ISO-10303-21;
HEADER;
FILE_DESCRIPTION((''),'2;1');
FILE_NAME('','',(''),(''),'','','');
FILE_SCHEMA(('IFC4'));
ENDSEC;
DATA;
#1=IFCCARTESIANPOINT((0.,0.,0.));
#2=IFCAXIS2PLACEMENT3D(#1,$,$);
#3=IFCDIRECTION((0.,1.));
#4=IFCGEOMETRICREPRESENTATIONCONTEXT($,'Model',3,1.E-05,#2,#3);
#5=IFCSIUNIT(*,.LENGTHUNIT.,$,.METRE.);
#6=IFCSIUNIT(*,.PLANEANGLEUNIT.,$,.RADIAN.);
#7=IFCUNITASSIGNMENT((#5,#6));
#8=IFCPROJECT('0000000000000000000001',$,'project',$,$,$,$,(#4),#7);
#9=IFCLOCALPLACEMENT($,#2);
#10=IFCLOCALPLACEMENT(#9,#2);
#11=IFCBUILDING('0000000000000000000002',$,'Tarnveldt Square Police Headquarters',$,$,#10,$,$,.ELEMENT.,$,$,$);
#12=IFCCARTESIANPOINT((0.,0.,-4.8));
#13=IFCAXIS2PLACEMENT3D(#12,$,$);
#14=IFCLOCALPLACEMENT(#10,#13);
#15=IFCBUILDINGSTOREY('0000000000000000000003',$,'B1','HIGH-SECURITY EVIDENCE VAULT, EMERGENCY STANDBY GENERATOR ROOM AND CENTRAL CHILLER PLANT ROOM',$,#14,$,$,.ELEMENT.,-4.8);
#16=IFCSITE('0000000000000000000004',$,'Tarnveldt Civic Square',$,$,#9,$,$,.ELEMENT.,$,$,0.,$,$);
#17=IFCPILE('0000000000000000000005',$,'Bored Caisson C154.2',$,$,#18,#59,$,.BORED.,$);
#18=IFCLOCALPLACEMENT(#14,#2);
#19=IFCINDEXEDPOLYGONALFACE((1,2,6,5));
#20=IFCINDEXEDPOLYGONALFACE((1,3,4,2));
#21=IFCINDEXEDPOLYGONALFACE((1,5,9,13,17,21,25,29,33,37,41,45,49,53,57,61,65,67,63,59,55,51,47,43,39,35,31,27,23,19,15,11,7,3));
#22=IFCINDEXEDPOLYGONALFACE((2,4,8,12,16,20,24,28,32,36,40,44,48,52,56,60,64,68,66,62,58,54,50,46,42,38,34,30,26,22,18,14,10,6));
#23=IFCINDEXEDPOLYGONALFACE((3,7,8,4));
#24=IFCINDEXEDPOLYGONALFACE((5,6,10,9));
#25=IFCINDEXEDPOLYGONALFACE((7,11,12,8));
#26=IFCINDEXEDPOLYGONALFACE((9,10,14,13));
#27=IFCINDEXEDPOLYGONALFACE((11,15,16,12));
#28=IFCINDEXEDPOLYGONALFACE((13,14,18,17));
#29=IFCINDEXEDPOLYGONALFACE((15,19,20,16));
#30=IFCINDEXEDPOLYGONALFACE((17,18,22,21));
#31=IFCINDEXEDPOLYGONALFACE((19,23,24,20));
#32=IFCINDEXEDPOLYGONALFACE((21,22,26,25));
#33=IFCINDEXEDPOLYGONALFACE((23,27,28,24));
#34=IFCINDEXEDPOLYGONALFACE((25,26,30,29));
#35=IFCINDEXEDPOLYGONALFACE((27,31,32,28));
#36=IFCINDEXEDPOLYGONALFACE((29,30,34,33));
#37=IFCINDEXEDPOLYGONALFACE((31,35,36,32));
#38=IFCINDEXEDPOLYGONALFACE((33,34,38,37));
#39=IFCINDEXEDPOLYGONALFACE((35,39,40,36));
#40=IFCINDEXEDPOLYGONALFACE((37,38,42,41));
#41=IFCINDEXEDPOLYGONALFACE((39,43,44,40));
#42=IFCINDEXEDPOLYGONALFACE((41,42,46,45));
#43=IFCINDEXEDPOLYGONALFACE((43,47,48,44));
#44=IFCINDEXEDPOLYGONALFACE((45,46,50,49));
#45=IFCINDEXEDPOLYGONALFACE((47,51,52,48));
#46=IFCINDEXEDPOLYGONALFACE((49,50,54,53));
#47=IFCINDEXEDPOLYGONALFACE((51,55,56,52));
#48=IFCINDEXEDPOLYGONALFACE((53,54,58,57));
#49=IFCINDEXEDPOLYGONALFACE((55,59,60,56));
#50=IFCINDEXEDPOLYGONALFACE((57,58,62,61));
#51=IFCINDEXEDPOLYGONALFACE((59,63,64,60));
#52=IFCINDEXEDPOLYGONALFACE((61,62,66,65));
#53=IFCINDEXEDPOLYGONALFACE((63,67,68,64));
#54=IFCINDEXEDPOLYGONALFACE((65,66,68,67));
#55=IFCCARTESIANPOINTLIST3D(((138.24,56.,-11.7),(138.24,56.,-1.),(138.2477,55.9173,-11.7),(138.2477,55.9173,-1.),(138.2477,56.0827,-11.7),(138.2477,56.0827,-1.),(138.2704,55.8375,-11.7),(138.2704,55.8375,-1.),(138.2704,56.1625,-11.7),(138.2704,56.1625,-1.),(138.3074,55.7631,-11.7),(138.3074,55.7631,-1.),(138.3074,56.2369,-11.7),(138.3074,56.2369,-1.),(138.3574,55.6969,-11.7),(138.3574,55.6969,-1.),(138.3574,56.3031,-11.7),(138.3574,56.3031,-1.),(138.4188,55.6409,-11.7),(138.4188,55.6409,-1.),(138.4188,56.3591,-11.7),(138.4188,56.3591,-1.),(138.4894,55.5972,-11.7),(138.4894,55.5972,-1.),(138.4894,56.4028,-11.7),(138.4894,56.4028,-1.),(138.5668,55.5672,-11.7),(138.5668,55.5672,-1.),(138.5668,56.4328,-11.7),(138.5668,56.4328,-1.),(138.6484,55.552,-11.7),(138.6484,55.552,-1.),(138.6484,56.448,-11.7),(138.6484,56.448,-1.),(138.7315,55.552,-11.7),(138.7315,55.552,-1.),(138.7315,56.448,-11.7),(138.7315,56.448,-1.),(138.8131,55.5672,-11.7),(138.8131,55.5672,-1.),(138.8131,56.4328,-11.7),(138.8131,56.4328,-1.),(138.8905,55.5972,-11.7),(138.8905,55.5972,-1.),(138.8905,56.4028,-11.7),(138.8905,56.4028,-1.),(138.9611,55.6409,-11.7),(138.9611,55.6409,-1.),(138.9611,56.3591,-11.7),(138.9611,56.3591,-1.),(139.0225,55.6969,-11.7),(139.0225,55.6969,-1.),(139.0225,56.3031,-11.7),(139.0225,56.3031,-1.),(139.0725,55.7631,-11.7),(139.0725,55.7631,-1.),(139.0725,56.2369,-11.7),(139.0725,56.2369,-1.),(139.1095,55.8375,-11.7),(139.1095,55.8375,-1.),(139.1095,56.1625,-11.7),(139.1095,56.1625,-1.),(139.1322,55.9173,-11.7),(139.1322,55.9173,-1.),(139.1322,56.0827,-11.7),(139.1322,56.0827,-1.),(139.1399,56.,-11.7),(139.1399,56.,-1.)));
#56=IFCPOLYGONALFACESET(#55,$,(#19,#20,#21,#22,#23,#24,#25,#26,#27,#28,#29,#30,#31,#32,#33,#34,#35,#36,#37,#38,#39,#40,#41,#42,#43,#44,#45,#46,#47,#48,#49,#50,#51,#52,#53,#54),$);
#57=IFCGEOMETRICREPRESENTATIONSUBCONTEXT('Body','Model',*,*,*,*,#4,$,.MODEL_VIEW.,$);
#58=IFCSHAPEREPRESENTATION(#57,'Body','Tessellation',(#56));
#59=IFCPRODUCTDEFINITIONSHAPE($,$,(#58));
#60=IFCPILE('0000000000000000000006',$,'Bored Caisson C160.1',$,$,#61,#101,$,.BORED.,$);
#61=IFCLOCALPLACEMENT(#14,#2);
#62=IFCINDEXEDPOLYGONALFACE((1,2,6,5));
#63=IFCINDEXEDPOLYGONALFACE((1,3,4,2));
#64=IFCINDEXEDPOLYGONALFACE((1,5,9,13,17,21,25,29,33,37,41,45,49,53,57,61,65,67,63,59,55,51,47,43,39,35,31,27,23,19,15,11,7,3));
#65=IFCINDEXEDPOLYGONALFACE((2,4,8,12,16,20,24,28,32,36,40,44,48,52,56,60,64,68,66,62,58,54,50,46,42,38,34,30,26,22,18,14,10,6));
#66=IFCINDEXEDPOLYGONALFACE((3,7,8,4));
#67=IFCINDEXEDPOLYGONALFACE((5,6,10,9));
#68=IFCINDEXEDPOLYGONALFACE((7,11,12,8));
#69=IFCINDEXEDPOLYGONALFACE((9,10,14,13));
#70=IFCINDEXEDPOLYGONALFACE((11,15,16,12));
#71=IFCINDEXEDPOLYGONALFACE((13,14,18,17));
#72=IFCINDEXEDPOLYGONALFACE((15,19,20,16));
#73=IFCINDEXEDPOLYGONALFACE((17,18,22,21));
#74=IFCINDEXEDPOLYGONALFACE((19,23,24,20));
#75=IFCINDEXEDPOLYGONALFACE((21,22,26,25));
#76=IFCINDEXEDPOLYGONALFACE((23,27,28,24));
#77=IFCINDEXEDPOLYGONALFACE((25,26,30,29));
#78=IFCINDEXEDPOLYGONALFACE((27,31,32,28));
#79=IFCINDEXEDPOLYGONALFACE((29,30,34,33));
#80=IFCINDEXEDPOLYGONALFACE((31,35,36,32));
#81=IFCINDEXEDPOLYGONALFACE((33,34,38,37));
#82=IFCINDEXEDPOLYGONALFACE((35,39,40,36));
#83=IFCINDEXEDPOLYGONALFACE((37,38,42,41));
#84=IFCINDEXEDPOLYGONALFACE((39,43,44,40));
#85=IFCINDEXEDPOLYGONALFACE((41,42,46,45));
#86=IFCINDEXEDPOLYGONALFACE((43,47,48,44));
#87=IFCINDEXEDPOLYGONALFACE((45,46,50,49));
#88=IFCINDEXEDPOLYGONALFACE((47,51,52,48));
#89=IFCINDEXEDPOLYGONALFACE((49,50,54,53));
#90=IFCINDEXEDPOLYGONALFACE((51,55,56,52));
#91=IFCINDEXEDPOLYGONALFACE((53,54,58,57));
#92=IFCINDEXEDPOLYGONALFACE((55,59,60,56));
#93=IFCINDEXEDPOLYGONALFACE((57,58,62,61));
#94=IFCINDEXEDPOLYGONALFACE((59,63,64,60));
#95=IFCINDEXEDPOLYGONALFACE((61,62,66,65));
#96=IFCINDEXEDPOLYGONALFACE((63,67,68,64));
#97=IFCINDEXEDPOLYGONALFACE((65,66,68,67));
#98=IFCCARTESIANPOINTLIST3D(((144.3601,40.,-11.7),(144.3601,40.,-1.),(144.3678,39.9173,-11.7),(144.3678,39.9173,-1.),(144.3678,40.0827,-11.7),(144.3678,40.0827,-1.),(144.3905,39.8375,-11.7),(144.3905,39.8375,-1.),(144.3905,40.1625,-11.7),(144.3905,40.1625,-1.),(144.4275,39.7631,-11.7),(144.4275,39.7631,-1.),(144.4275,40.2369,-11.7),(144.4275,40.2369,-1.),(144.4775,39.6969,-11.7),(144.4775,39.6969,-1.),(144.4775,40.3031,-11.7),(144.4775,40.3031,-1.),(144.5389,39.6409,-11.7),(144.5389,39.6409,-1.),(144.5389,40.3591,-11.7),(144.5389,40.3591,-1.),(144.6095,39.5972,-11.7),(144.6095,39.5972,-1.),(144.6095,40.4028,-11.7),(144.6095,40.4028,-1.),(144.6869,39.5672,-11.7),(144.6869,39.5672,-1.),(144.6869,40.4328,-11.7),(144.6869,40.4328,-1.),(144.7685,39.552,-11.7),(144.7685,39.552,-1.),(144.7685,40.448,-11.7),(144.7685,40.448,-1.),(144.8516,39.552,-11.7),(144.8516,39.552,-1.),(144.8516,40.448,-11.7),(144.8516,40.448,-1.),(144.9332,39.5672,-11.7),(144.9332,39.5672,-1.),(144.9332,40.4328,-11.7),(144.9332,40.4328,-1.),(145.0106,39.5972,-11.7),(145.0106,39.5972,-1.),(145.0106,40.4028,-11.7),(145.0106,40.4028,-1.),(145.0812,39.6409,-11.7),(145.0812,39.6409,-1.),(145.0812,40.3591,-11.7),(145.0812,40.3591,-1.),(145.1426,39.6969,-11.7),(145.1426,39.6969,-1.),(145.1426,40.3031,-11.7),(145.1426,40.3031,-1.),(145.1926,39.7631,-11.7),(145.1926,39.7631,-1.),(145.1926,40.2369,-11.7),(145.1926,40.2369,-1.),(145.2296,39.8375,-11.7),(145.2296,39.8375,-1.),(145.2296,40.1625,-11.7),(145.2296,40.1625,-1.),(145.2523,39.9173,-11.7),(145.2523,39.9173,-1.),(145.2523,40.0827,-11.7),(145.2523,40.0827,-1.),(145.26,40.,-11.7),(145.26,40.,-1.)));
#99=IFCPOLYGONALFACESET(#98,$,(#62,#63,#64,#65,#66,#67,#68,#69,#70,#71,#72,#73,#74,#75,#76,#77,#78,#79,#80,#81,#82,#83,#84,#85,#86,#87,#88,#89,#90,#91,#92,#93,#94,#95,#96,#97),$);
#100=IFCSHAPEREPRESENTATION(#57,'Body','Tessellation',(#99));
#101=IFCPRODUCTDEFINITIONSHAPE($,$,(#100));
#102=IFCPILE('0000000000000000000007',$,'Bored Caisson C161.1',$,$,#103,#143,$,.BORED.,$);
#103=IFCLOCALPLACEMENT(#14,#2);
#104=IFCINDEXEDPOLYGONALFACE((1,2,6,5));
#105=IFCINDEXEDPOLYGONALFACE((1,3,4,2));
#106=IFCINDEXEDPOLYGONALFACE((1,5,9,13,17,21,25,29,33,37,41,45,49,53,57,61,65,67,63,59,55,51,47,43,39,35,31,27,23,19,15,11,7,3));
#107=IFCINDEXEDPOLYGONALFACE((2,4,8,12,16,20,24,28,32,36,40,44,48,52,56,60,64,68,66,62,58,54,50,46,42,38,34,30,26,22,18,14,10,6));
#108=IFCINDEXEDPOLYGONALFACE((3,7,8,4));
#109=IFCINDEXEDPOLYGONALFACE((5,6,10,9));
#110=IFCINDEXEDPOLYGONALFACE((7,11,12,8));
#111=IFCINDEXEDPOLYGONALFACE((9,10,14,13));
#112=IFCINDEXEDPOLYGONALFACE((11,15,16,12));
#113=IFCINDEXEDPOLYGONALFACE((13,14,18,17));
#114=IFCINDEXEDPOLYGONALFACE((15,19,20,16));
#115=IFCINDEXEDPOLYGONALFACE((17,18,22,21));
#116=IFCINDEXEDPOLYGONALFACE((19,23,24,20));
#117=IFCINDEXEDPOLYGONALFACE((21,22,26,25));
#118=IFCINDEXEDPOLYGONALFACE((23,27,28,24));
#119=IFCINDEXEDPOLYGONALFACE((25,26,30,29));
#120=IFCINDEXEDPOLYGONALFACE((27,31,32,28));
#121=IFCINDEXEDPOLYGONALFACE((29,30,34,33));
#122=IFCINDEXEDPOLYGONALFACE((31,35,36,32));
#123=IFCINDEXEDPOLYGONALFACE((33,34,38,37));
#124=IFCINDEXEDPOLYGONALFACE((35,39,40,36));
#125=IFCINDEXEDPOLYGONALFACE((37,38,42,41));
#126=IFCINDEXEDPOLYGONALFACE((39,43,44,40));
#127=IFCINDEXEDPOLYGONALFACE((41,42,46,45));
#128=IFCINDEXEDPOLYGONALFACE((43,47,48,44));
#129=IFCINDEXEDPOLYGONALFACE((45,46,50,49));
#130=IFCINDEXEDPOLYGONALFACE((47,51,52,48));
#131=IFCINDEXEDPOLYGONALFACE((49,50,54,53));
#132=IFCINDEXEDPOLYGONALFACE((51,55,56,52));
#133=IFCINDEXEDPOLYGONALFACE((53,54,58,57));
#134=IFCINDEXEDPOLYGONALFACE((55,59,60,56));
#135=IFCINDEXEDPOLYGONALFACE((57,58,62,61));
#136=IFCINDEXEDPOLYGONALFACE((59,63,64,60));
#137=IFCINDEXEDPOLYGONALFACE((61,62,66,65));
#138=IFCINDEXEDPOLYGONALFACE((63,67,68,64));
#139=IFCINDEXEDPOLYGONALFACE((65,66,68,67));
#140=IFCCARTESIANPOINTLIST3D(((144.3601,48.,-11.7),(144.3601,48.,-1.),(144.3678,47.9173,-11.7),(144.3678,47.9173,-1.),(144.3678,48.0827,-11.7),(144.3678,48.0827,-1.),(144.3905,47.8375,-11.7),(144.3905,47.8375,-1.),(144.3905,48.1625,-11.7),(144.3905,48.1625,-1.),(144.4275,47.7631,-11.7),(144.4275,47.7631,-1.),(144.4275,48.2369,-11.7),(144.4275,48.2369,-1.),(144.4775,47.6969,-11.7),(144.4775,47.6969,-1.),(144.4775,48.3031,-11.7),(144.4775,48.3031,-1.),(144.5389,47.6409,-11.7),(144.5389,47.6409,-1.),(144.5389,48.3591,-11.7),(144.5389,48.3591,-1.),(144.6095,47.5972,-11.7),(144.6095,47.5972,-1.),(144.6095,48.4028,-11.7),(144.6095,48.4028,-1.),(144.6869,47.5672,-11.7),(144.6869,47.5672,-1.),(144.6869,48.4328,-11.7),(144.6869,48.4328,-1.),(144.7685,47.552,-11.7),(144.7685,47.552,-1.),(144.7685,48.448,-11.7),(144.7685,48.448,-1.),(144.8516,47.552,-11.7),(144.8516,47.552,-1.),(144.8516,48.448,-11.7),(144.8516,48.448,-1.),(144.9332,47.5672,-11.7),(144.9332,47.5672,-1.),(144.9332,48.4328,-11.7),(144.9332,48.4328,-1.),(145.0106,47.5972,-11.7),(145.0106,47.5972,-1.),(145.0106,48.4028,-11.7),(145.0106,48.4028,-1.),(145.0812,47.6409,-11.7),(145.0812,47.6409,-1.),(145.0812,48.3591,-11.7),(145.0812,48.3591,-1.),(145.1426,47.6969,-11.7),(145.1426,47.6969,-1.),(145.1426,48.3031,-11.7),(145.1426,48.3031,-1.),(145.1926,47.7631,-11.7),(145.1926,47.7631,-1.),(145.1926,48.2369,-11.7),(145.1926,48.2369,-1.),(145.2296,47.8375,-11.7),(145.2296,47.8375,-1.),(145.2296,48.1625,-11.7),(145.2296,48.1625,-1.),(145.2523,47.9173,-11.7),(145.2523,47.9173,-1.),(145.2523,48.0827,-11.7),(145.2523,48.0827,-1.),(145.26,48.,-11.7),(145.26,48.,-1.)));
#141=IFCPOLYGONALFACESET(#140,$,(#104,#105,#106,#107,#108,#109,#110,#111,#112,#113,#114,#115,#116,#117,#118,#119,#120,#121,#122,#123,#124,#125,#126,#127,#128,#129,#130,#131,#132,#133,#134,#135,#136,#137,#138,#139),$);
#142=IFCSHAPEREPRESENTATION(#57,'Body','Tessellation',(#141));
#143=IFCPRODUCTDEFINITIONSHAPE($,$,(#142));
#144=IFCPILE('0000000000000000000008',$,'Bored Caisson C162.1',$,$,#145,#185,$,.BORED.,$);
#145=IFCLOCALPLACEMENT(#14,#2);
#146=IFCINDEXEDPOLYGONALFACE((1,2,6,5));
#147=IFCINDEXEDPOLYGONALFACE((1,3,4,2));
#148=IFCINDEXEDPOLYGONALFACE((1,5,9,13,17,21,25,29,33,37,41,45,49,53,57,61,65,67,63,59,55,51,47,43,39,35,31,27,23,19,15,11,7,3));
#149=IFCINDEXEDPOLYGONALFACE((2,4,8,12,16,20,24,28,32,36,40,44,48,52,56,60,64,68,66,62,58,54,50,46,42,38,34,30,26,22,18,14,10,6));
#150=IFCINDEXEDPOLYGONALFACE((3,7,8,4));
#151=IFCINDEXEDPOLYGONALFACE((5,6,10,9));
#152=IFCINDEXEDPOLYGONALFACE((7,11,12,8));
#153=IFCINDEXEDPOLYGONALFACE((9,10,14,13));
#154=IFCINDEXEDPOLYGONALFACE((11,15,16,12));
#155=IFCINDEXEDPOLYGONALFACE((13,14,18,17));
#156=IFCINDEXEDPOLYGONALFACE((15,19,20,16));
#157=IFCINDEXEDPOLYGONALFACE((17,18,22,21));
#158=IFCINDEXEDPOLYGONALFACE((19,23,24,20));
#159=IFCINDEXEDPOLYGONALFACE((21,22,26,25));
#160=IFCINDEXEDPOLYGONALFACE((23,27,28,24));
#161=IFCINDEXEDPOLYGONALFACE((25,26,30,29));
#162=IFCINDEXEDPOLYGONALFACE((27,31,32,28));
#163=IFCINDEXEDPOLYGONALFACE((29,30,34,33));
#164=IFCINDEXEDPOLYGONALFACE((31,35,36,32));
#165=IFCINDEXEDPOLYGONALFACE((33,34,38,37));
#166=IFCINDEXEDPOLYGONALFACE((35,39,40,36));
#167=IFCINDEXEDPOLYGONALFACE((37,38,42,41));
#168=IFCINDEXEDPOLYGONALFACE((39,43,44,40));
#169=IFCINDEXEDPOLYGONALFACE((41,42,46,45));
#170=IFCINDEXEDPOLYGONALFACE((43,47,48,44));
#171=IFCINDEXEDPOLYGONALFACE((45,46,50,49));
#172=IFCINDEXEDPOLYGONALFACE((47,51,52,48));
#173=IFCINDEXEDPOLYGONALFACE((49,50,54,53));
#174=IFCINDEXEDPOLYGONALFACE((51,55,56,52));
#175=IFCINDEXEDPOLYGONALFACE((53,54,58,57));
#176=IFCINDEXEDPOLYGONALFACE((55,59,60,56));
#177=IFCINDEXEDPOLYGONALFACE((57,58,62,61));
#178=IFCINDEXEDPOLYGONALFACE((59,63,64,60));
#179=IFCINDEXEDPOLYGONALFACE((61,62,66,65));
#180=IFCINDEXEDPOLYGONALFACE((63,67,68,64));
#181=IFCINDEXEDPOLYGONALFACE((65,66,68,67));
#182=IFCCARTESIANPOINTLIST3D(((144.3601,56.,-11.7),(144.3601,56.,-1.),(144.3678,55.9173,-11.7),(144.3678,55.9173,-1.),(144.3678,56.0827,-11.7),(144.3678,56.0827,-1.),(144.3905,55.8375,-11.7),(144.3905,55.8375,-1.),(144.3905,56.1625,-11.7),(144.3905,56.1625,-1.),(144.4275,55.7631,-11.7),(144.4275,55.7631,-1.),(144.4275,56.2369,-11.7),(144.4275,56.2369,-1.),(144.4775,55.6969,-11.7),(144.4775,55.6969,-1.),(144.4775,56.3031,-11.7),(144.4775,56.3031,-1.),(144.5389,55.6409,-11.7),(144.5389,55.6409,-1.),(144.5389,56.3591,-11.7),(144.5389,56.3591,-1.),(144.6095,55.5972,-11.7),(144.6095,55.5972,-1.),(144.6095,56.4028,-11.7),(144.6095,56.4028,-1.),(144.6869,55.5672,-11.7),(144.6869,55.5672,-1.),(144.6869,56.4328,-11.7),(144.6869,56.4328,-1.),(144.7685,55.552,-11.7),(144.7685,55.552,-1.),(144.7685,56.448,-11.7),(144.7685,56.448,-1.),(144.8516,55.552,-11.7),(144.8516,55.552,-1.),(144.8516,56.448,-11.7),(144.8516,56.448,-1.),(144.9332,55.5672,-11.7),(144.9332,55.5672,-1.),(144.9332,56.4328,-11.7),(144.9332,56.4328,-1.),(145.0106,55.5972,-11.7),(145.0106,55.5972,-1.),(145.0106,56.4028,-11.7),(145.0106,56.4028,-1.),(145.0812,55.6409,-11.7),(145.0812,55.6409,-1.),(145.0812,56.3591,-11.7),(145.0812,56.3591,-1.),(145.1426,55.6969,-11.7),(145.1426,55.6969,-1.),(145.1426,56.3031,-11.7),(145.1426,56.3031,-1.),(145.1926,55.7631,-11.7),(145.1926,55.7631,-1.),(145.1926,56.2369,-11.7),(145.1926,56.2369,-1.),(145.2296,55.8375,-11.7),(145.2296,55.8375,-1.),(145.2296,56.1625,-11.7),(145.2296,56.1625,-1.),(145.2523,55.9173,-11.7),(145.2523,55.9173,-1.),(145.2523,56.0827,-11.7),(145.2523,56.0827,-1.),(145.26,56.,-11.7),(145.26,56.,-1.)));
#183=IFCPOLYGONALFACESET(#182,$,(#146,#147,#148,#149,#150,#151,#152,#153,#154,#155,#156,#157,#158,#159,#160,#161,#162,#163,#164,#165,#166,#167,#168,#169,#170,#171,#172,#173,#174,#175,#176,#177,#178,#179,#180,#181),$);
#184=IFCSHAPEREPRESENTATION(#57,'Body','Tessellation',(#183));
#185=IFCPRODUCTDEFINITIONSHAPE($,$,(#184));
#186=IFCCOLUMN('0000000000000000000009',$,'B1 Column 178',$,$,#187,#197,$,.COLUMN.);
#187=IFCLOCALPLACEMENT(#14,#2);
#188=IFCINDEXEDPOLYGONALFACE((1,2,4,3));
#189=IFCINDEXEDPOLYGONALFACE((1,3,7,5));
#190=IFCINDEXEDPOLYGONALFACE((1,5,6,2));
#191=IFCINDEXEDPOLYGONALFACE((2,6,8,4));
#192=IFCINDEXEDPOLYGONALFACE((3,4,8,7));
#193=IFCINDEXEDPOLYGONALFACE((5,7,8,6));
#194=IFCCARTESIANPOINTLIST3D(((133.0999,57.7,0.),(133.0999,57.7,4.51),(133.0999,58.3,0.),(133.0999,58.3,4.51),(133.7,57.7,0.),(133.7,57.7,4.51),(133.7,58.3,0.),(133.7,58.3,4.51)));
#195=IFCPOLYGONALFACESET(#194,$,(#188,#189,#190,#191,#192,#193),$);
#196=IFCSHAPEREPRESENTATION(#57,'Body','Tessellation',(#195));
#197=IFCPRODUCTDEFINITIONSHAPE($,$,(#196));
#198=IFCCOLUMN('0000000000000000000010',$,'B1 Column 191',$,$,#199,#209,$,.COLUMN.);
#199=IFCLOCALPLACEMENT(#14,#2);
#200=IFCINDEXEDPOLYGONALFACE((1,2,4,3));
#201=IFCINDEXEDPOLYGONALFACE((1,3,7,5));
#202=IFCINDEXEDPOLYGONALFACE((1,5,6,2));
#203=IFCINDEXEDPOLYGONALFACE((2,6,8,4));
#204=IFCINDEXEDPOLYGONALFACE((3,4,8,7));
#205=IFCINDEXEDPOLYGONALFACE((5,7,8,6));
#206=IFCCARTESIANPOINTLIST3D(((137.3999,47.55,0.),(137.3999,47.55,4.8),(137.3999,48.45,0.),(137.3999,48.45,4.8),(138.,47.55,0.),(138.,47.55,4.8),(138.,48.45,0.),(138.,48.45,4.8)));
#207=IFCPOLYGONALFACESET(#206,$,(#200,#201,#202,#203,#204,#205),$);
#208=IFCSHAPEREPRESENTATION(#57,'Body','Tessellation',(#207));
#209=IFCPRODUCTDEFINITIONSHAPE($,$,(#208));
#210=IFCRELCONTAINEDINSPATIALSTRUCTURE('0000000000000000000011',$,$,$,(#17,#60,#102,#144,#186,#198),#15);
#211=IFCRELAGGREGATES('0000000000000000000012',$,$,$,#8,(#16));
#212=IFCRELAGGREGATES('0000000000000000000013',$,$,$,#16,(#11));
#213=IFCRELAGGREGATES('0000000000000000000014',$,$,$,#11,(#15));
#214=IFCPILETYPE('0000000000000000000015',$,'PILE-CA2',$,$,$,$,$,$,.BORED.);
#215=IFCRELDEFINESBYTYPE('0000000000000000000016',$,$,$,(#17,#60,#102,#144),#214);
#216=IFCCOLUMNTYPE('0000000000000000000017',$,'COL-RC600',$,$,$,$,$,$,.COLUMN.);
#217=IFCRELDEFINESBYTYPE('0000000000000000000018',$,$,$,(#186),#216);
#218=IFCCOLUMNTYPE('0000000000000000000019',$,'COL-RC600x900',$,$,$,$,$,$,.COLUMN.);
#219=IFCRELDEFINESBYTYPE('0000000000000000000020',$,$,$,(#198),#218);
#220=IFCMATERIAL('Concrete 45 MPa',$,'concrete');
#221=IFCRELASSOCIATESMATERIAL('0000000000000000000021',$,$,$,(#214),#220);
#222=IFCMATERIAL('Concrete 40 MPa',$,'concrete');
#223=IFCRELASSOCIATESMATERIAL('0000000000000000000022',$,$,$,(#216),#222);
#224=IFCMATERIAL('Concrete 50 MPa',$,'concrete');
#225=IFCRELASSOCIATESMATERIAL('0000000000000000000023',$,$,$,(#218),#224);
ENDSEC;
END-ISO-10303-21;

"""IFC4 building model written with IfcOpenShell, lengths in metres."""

from ifc_helpers import new_model, si_unit, direction, frame, origin, origin_2d, place, context, subcontext, project, spatial, rectangle, circle, extrude, material, material_profile, profile_set, type_object, element, save


model = new_model("IFC4")

# Units and contexts
model_context = context("Model", 3, precision=1e-05, world=origin(), true_north=direction((0.0, 1.0)))
body_context = subcontext(model_context, "Body", "Model", "MODEL_VIEW")
ifc_project = project(units=[si_unit("LENGTHUNIT", "METRE"), si_unit("PLANEANGLEUNIT", "RADIAN")], contexts=[model_context])

# Site, building, storey
site_placement = place(None, origin())
site = spatial("IfcSite", under=ifc_project, at=site_placement, Name="Tarnveldt Civic Square", CompositionType="ELEMENT", RefElevation=0.0)
building_placement = place(site_placement, origin())
building = spatial("IfcBuilding", under=site, at=building_placement, Name="Tarnveldt Square Police Headquarters", CompositionType="ELEMENT")
storey_placement = place(building_placement, frame((0.0, 0.0, -4.8)))
storey = spatial("IfcBuildingStorey", under=building, at=storey_placement, Name="B1", Description="HIGH-SECURITY EVIDENCE VAULT, EMERGENCY STANDBY GENERATOR ROOM AND CENTRAL CHILLER PLANT ROOM", CompositionType="ELEMENT", Elevation=-4.8)

# Shared definitions
ifc_material_1 = material(Name="Concrete 45 MPa", Category="concrete")

# Piles
ifc_material_profile_1 = material_profile(ifc_material_1, circle(Radius=0.45, at=origin_2d()), Name="CAISSON-D900")
ifc_profile_set_1 = profile_set([ifc_material_profile_1], Name="Concrete 45 MPa")
pile_type = type_object("IfcPileType", Name="PILE-CA2", PredefinedType="BORED", material=ifc_profile_set_1)
for number, where, z_axis, x_axis, name in (
    (1, (138.6899, 56.0, -1.0), (0.0, 0.0, -1.0), (1.0, 0.0, 0.0), "Bored Caisson C154.2"),
    (2, (144.8101, 40.0, -1.0), (0.0, 0.0, -1.0), (1.0, 0.0, 0.0), "Bored Caisson C160.1"),
    (3, (144.8101, 48.0, -1.0), (0.0, 0.0, -1.0), (1.0, 0.0, 0.0), "Bored Caisson C161.1"),
    (4, (144.8101, 56.0, -1.0), (0.0, 0.0, -1.0), (1.0, 0.0, 0.0), "Bored Caisson C162.1"),
):
    element("IfcPile", number, at=place(storey_placement, frame(where, z_axis=z_axis, x_axis=x_axis)), inside=storey, type_object=pile_type, Name=name, PredefinedType="BORED", context=body_context, shape_type="SweptSolid", body=[
        extrude(circle(Radius=0.45, at=origin_2d()), origin(), (0.0, 0.0, 1.0), 10.7),
    ])

# Columns
ifc_material_2 = material(Name="Concrete 40 MPa", Category="concrete")
ifc_material_profile_2 = material_profile(ifc_material_2, rectangle(XDim=0.6001, YDim=0.6001, at=origin_2d()), Name="RC-C600x600")
ifc_profile_set_2 = profile_set([ifc_material_profile_2], Name="Concrete 40 MPa")
column_type_1 = type_object("IfcColumnType", Name="COL-RC600", PredefinedType="COLUMN", material=ifc_profile_set_2)
column_1_placement = place(storey_placement, frame((133.3999, 58.0, 0.0), z_axis=(0.0, 0.0, 1.0), x_axis=(1.0, 0.0, 0.0)))
element("IfcColumn", 5, at=column_1_placement, inside=storey, type_object=column_type_1, Name="B1 Column 178", PredefinedType="COLUMN", context=body_context, shape_type="SweptSolid", body=[
    extrude(rectangle(XDim=0.6001, YDim=0.6001, at=origin_2d()), origin(), (0.0, 0.0, 1.0), 4.51),
])
ifc_material_3 = material(Name="Concrete 50 MPa", Category="concrete")
ifc_material_profile_3 = material_profile(ifc_material_3, rectangle(XDim=0.6001, YDim=0.8999, at=origin_2d()), Name="RC-C600x900")
ifc_profile_set_3 = profile_set([ifc_material_profile_3], Name="Concrete 50 MPa")
column_type_2 = type_object("IfcColumnType", Name="COL-RC600x900", PredefinedType="COLUMN", material=ifc_profile_set_3)
column_2_placement = place(storey_placement, frame((137.7, 48.0, 0.0), z_axis=(0.0, 0.0, 1.0), x_axis=(1.0, 0.0, 0.0)))
element("IfcColumn", 6, at=column_2_placement, inside=storey, type_object=column_type_2, Name="B1 Column 191", PredefinedType="COLUMN", context=body_context, shape_type="SweptSolid", body=[
    extrude(rectangle(XDim=0.6001, YDim=0.8999, at=origin_2d()), origin(), (0.0, 0.0, 1.0), 4.8),
])

save(model, "model.ifc")
